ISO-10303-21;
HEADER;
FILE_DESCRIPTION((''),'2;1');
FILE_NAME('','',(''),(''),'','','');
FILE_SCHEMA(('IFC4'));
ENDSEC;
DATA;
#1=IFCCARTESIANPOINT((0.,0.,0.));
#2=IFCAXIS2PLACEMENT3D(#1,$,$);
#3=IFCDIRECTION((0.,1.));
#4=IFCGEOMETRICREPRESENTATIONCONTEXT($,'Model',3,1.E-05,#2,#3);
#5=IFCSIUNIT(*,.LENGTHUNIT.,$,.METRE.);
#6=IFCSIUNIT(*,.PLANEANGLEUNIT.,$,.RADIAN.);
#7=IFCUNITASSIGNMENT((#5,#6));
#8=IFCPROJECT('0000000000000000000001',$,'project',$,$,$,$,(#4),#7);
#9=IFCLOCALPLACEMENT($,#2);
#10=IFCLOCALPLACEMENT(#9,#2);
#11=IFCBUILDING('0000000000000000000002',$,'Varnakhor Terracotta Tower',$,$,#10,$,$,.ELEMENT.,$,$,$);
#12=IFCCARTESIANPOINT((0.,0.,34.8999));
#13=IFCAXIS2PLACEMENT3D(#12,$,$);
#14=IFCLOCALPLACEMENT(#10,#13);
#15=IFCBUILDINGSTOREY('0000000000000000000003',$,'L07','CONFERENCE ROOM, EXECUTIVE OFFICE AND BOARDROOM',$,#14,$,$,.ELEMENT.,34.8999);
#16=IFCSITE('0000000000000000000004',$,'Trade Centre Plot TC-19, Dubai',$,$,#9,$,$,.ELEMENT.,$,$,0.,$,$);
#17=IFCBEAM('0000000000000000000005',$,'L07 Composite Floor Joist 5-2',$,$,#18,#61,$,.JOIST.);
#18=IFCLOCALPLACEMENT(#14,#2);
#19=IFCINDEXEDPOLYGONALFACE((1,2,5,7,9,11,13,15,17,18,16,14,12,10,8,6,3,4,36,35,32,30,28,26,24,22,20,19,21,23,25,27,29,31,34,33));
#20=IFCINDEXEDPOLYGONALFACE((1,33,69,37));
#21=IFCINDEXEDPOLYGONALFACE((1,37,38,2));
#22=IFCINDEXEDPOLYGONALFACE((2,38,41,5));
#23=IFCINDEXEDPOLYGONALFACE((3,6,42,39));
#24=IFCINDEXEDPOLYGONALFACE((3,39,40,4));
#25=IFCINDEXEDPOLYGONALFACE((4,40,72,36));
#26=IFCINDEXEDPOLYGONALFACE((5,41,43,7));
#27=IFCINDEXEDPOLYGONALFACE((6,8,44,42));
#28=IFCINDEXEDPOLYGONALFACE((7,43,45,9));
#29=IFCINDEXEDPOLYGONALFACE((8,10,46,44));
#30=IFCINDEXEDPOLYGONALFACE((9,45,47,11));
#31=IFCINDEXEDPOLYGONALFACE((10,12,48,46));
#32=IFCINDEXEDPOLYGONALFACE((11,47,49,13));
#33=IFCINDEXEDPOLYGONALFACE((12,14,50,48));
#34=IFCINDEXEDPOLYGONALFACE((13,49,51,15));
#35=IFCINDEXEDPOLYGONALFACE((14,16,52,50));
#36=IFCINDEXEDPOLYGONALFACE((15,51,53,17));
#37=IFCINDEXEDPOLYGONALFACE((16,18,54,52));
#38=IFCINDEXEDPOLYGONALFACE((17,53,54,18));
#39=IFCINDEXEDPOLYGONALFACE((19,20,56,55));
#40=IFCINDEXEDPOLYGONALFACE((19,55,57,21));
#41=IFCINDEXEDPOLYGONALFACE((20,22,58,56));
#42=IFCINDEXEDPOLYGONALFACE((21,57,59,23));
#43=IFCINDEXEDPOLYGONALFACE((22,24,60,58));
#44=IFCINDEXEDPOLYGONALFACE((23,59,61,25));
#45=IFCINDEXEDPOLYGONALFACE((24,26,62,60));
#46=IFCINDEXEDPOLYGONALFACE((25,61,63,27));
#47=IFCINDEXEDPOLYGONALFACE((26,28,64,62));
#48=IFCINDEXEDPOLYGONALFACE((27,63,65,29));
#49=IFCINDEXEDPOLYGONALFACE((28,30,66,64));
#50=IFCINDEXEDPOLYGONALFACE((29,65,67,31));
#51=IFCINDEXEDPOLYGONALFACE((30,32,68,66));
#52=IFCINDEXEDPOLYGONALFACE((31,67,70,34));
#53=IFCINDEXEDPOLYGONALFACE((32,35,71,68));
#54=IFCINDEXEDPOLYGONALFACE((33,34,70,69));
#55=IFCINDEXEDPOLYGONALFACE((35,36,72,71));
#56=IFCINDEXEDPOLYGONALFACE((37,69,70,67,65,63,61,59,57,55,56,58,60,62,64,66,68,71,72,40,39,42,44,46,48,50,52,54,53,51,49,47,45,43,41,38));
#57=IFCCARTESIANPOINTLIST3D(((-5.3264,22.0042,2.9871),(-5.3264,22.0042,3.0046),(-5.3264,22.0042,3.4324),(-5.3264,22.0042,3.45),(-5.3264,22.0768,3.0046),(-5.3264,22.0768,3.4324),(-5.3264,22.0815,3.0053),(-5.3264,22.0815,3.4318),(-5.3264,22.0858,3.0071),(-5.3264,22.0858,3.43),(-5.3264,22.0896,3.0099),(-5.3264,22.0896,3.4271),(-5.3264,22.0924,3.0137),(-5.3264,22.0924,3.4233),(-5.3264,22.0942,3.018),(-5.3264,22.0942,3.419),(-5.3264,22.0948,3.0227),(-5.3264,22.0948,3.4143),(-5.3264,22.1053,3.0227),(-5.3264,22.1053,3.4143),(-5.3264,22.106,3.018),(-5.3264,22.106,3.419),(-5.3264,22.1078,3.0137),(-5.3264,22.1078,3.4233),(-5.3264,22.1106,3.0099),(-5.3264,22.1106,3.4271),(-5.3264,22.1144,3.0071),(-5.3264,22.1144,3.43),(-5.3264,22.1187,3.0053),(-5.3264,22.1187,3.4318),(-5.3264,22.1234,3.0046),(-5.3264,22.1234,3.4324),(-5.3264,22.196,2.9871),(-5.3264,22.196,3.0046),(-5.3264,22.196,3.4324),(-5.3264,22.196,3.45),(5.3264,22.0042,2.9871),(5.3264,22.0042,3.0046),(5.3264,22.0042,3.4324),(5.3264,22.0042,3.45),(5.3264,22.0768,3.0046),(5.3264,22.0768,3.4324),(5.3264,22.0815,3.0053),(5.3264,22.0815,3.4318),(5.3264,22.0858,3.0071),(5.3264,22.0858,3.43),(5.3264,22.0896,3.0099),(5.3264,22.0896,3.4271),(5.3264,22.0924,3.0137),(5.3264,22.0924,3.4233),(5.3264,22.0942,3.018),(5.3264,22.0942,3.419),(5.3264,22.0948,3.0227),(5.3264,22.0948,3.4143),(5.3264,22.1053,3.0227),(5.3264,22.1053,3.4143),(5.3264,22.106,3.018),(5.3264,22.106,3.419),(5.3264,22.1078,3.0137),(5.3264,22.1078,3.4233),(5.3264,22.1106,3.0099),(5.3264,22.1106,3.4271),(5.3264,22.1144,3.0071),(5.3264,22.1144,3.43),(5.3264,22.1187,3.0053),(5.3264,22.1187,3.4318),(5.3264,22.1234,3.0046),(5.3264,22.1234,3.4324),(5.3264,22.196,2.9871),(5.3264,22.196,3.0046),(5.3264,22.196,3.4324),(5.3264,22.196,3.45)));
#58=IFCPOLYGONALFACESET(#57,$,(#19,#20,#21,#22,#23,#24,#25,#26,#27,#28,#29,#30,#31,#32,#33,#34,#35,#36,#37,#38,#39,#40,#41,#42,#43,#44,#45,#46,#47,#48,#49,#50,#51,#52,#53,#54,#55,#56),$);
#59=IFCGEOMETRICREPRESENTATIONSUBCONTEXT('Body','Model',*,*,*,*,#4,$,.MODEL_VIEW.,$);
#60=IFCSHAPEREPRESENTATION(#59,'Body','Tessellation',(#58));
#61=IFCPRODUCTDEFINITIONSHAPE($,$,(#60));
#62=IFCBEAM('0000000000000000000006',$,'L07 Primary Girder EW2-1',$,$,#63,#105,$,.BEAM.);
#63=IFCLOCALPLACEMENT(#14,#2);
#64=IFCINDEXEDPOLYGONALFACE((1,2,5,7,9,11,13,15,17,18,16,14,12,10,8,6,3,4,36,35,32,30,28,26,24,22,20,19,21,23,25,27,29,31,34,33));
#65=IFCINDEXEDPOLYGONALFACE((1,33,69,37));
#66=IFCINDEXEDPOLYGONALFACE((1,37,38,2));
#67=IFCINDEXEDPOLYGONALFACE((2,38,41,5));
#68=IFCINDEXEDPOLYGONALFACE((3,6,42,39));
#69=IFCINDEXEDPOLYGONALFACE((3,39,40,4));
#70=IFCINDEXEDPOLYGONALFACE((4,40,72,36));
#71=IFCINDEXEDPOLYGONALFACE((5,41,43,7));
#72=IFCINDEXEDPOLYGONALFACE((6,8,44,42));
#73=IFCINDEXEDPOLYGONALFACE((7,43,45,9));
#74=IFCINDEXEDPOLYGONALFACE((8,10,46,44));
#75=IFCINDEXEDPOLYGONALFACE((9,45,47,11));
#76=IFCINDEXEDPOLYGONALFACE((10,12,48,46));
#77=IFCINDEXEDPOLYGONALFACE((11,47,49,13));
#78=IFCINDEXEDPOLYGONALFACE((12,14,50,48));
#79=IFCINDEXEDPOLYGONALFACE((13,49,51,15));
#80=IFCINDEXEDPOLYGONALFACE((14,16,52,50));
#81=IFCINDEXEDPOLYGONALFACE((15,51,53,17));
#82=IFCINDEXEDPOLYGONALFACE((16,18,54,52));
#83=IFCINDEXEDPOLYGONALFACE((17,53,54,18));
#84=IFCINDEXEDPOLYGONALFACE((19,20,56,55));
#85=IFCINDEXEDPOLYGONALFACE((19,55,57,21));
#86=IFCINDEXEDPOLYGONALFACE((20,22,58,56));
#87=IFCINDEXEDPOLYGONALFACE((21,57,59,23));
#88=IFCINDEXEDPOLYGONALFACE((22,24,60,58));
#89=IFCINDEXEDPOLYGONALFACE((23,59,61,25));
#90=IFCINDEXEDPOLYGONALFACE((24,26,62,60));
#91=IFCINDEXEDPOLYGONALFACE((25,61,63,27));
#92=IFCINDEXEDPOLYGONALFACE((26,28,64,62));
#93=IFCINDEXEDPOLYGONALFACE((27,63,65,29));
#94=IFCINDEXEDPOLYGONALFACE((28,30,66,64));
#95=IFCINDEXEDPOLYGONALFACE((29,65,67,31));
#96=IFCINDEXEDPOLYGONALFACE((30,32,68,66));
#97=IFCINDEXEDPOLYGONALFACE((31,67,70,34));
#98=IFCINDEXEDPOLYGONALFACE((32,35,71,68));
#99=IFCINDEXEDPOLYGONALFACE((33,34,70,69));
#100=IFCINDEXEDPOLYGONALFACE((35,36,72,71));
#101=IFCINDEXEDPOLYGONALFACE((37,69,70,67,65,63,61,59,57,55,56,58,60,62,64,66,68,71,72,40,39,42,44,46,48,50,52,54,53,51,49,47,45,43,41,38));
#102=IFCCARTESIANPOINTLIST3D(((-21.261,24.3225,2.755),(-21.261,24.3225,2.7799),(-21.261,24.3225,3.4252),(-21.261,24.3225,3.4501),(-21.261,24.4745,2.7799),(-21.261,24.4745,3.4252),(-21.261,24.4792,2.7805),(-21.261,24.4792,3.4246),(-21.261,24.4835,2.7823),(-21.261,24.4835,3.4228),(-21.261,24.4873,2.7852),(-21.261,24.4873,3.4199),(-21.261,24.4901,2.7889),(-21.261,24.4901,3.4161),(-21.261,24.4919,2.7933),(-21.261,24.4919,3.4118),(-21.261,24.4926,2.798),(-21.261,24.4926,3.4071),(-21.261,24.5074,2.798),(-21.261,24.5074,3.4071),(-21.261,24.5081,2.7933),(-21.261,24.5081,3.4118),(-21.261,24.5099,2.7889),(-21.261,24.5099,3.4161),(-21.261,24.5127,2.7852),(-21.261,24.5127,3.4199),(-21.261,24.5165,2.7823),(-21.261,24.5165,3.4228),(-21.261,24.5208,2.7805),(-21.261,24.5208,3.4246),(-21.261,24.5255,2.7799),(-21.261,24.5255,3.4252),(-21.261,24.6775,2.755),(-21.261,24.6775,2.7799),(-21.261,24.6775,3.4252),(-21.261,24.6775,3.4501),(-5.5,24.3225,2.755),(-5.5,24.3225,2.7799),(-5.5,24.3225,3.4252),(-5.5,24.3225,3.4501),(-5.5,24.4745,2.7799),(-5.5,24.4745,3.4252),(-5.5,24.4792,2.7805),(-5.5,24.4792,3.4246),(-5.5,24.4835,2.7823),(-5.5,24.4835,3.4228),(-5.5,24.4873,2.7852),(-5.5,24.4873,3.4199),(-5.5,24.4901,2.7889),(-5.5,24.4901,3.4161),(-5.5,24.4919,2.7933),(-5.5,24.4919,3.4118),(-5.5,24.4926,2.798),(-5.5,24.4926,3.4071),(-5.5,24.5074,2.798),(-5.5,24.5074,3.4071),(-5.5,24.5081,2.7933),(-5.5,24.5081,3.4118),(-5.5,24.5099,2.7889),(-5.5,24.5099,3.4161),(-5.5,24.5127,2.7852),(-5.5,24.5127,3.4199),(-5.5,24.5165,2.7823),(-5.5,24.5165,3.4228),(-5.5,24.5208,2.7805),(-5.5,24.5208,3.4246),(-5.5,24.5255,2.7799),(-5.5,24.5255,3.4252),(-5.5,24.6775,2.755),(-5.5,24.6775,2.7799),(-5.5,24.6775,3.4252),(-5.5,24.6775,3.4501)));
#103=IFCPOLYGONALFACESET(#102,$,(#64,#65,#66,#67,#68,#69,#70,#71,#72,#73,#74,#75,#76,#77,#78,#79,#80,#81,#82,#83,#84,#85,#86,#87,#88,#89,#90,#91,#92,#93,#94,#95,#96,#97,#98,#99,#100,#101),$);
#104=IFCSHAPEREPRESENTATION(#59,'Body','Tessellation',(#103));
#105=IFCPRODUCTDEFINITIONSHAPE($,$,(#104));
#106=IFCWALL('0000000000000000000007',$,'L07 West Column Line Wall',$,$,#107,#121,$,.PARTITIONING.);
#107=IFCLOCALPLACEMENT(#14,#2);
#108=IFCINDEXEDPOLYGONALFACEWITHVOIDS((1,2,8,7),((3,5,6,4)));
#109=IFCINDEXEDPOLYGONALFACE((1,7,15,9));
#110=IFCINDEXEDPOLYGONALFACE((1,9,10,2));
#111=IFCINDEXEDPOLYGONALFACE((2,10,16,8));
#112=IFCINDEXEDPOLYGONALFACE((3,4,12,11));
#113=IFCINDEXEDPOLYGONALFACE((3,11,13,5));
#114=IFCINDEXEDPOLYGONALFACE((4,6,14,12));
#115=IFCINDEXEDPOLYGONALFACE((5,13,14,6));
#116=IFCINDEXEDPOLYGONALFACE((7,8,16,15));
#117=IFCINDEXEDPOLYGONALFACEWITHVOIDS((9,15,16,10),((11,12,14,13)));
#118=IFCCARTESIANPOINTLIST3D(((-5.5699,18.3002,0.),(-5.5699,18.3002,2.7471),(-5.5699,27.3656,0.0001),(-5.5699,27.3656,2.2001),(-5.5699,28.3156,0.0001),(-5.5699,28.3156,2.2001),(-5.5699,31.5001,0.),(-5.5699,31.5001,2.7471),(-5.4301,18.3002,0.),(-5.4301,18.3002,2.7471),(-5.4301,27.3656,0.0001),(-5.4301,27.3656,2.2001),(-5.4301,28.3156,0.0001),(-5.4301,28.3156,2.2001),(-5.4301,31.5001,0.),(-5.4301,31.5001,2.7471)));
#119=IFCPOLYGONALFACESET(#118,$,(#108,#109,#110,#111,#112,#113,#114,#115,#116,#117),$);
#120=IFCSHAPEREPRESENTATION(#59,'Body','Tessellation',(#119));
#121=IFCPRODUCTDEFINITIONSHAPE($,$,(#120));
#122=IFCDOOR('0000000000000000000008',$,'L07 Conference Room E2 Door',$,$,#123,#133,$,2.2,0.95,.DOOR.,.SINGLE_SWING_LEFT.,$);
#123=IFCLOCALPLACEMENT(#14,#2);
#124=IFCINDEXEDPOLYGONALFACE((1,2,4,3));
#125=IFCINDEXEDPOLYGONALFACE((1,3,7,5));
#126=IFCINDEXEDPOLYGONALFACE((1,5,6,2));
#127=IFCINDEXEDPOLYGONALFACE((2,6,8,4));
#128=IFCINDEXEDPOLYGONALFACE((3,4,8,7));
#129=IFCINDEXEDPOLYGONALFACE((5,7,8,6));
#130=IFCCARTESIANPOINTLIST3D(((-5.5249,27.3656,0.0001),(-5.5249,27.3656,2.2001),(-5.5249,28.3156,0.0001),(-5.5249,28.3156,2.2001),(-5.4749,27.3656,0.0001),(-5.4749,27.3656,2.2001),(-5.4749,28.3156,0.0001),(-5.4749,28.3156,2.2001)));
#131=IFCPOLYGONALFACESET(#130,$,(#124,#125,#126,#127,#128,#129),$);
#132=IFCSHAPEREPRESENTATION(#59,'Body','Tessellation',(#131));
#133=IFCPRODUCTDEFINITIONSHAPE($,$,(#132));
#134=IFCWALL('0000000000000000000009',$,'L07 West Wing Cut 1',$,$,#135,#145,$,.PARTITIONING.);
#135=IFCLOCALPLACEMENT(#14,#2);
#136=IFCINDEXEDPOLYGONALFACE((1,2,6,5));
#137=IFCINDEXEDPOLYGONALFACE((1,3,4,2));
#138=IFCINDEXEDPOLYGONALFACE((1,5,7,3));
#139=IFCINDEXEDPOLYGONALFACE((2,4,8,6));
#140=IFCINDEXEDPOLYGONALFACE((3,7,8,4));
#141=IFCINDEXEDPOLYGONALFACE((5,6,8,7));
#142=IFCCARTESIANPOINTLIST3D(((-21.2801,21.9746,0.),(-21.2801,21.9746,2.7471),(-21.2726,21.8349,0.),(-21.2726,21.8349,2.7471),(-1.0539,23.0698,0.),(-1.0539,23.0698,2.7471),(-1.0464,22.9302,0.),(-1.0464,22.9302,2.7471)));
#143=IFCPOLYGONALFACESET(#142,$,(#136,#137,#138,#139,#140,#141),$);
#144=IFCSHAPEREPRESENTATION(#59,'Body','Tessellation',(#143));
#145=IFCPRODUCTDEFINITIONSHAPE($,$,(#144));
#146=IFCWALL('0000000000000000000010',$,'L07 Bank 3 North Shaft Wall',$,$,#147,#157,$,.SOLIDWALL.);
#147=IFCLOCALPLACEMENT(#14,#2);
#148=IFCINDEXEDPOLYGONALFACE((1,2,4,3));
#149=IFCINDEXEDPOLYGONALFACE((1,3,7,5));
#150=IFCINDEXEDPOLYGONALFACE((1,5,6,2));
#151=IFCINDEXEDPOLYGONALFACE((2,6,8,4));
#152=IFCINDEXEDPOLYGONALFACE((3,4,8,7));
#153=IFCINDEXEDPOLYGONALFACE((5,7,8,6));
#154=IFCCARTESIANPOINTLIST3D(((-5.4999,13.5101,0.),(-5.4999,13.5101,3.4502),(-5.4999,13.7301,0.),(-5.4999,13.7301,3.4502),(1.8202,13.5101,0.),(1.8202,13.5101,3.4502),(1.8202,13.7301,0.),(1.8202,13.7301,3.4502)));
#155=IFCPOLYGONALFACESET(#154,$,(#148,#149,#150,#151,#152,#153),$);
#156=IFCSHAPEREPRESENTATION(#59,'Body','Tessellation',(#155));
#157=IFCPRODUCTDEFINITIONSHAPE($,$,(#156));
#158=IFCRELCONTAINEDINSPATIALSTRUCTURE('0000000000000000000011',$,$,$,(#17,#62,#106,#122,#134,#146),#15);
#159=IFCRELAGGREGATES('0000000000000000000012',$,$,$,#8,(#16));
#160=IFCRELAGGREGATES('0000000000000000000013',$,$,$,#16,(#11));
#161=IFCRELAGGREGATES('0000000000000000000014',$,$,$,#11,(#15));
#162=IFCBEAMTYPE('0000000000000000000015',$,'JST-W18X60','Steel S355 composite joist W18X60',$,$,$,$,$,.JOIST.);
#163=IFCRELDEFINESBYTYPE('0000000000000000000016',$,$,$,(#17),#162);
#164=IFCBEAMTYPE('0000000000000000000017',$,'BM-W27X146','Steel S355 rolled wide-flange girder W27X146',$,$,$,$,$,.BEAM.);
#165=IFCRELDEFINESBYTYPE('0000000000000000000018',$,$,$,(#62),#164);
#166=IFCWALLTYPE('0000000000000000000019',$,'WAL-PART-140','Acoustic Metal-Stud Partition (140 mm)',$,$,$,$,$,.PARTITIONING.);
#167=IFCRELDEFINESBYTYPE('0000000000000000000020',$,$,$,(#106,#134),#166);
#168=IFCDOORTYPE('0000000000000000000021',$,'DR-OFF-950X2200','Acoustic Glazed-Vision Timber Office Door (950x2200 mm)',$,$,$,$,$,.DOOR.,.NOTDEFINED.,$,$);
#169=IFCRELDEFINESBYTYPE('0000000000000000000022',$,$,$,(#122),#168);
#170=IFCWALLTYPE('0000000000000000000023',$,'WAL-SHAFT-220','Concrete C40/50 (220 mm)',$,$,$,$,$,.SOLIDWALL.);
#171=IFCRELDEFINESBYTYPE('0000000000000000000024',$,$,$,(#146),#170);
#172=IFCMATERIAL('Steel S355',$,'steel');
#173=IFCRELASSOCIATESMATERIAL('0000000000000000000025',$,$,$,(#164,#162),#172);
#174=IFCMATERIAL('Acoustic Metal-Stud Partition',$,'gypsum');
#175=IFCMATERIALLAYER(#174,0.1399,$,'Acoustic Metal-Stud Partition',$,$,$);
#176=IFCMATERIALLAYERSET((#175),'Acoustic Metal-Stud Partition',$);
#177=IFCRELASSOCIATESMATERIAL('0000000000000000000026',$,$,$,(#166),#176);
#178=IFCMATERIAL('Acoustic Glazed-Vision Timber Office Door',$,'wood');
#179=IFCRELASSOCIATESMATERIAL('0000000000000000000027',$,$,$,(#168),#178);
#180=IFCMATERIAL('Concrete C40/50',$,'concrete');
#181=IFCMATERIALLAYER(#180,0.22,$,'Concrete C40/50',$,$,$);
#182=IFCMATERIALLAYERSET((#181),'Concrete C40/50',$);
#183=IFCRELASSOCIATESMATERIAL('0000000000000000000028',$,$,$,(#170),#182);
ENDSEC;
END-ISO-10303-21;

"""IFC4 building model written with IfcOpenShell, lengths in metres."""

from ifc_helpers import new_model, si_unit, direction, frame, frame_2d, origin, origin_2d, place, context, subcontext, project, spatial, rectangle, i_section, extrude, source, transform, mapped, material, layer, layer_set, material_profile, profile_set, type_object, type_shapes, element, fill, save


model = new_model("IFC4")

# Units and contexts
model_context = context("Model", 3, precision=1e-05, world=origin(), true_north=direction((0.0, 1.0)))
body_context = subcontext(model_context, "Body", "Model", "MODEL_VIEW")
ifc_project = project(units=[si_unit("LENGTHUNIT", "METRE"), si_unit("PLANEANGLEUNIT", "RADIAN")], contexts=[model_context])

# Site, building, storey
site_placement = place(None, origin())
site = spatial("IfcSite", under=ifc_project, at=site_placement, Name="Trade Centre Plot TC-19, Dubai", CompositionType="ELEMENT", RefElevation=0.0)
building_placement = place(site_placement, origin())
building = spatial("IfcBuilding", under=site, at=building_placement, Name="Varnakhor Terracotta Tower", CompositionType="ELEMENT")
storey_placement = place(building_placement, frame((0.0, 0.0, 34.8999)))
storey = spatial("IfcBuildingStorey", under=building, at=storey_placement, Name="L07", Description="CONFERENCE ROOM, EXECUTIVE OFFICE AND BOARDROOM", CompositionType="ELEMENT", Elevation=34.8999)

# Beams
ifc_material_1 = material(Name="Steel S355", Category="steel")
ifc_material_profile_1 = material_profile(ifc_material_1, i_section(OverallWidth=0.355, OverallDepth=0.6951, WebThickness=0.0149, FlangeThickness=0.0249, FilletRadius=0.0181, at=origin_2d()), Name="W27X146")
ifc_profile_set_1 = profile_set([ifc_material_profile_1], Name="Steel S355")
beam_type_1 = type_object("IfcBeamType", Name="BM-W27X146", Description="Steel S355 rolled wide-flange girder W27X146", PredefinedType="BEAM", material=ifc_profile_set_1)
ifc_material_profile_2 = material_profile(ifc_material_1, i_section(OverallWidth=0.1919, OverallDepth=0.4629, WebThickness=0.0105, FlangeThickness=0.0176, FilletRadius=0.0181, at=origin_2d()), Name="W18X60")
ifc_profile_set_2 = profile_set([ifc_material_profile_2], Name="Steel S355")
beam_type_2 = type_object("IfcBeamType", Name="JST-W18X60", Description="Steel S355 composite joist W18X60", PredefinedType="JOIST", material=ifc_profile_set_2)
shared_shape_1 = source(origin(), body_context, "Body", "SweptSolid", [
    extrude(i_section(OverallWidth=0.1919, OverallDepth=0.4629, WebThickness=0.0105, FlangeThickness=0.0176, FilletRadius=0.0181, at=origin_2d()), origin(), (0.0, 0.0, 1.0), 10.6528),
])
for number, where, z_axis, x_axis, name in (
    (1, (-5.3264, 22.1001, 3.2185), (1.0, 0.0, 0.0), (0.0, 1.0, 0.0), "L07 Composite Floor Joist 5-2"),
):
    element("IfcBeam", number, at=place(storey_placement, frame(where, z_axis=z_axis, x_axis=x_axis)), inside=storey, type_object=beam_type_2, Name=name, PredefinedType="JOIST", context=body_context, shape_type="MappedRepresentation", body=[
        mapped(shared_shape_1, transform((0.0, 0.0, 0.0), scale=1.0)),
    ])
shared_shape_2 = source(origin(), body_context, "Body", "SweptSolid", [
    extrude(i_section(OverallWidth=0.355, OverallDepth=0.6951, WebThickness=0.0149, FlangeThickness=0.0249, FilletRadius=0.0181, at=origin_2d()), origin(), (0.0, 0.0, 1.0), 15.761),
])
beam_1_placement = place(storey_placement, frame((-21.261, 24.5, 3.1025), z_axis=(1.0, 0.0, 0.0), x_axis=(0.0, 1.0, 0.0)))
element("IfcBeam", 2, at=beam_1_placement, inside=storey, type_object=beam_type_1, Name="L07 Primary Girder EW2-1", PredefinedType="BEAM", context=body_context, shape_type="MappedRepresentation", body=[
    mapped(shared_shape_2, transform((0.0, 0.0, 0.0), scale=1.0)),
])

# Wall, opening, door
ifc_material_2 = material(Name="Acoustic Metal-Stud Partition", Category="gypsum")
ifc_layer_1 = layer(ifc_material_2, 0.1399, Name="Acoustic Metal-Stud Partition")
ifc_layer_set_1 = layer_set([ifc_layer_1], Name="Acoustic Metal-Stud Partition")
wall_type_1 = type_object("IfcWallType", Name="WAL-PART-140", Description="Acoustic Metal-Stud Partition (140 mm)", PredefinedType="PARTITIONING", material=ifc_layer_set_1)
wall_1_placement = place(storey_placement, frame((-5.5, 18.3, 0.0), z_axis=(0.0, 0.0, 1.0), x_axis=(0.0, 1.0, 0.0)))
wall_1 = element("IfcWall", 3, at=wall_1_placement, inside=storey, type_object=wall_type_1, Name="L07 West Column Line Wall", PredefinedType="PARTITIONING", context=body_context, shape_type="SweptSolid", body=[
    extrude(rectangle(XDim=13.2, YDim=0.1399, at=frame_2d((6.6001, 0.0))), origin(), (0.0, 0.0, 1.0), 2.7471),
])
opening_1_placement = place(wall_1_placement, frame((9.0654, 0.0, 0.0)))
opening_1 = element("IfcOpeningElement", 4, at=opening_1_placement, cuts=wall_1, PredefinedType="OPENING", context=body_context, shape_type="SweptSolid", body=[
    extrude(rectangle(XDim=0.95, YDim=2.2, at=frame_2d((0.4751, 1.1001))), frame((0.0, 0.0801, 0.0), z_axis=(0.0, -1.0, 0.0), x_axis=(1.0, 0.0, 0.0)), (0.0, 0.0, 1.0), 0.1599),
])
ifc_material_3 = material(Name="Acoustic Glazed-Vision Timber Office Door", Category="wood")
door_type_1 = type_object("IfcDoorType", Name="DR-OFF-950X2200", Description="Acoustic Glazed-Vision Timber Office Door (950x2200 mm)", OperationType="NOTDEFINED", PredefinedType="DOOR", material=ifc_material_3)
shared_shape_3 = source(origin(), body_context, "Body", "SweptSolid", [
    extrude(rectangle(XDim=0.95, YDim=2.2, at=frame_2d((0.4751, 1.1001))), frame((0.0, 0.0249, 0.0), z_axis=(0.0, -1.0, 0.0), x_axis=(1.0, 0.0, 0.0)), (0.0, 0.0, 1.0), 0.05),
])
type_shapes(door_type_1, [shared_shape_3])
door_1_placement = place(opening_1_placement, origin())
door_1 = element("IfcDoor", 5, at=door_1_placement, inside=storey, type_object=door_type_1, Name="L07 Conference Room E2 Door", OperationType="SINGLE_SWING_LEFT", OverallHeight=2.2, OverallWidth=0.95, PredefinedType="DOOR", context=body_context, shape_type="MappedRepresentation", body=[
    mapped(shared_shape_3, transform((0.0, 0.0, 0.0), scale=1.0)),
])
fill(opening_1, door_1)

# Walls
wall_2_placement = place(storey_placement, frame((-21.2764, 21.9048, 0.0), z_axis=(0.0, 0.0, 1.0), x_axis=(0.998537, 0.054069, 0.0)))
element("IfcWall", 6, at=wall_2_placement, inside=storey, type_object=wall_type_1, Name="L07 West Wing Cut 1", PredefinedType="PARTITIONING", context=body_context, shape_type="SweptSolid", body=[
    extrude(rectangle(XDim=20.2559, YDim=0.1399, at=frame_2d((10.1279, 0.0))), origin(), (0.0, 0.0, 1.0), 2.7471),
])
ifc_material_4 = material(Name="Concrete C40/50", Category="concrete")
ifc_layer_2 = layer(ifc_material_4, 0.22, Name="Concrete C40/50")
ifc_layer_set_2 = layer_set([ifc_layer_2], Name="Concrete C40/50")
wall_type_2 = type_object("IfcWallType", Name="WAL-SHAFT-220", Description="Concrete C40/50 (220 mm)", PredefinedType="SOLIDWALL", material=ifc_layer_set_2)
wall_3_placement = place(storey_placement, frame((-5.5, 13.6201, 0.0), z_axis=(0.0, 0.0, 1.0), x_axis=(1.0, 0.0, 0.0)))
element("IfcWall", 7, at=wall_3_placement, inside=storey, type_object=wall_type_2, Name="L07 Bank 3 North Shaft Wall", PredefinedType="SOLIDWALL", context=body_context, shape_type="SweptSolid", body=[
    extrude(rectangle(XDim=7.3201, YDim=0.22, at=frame_2d((3.6602, 0.0))), origin(), (0.0, 0.0, 1.0), 3.4502),
])

save(model, "model.ifc")
